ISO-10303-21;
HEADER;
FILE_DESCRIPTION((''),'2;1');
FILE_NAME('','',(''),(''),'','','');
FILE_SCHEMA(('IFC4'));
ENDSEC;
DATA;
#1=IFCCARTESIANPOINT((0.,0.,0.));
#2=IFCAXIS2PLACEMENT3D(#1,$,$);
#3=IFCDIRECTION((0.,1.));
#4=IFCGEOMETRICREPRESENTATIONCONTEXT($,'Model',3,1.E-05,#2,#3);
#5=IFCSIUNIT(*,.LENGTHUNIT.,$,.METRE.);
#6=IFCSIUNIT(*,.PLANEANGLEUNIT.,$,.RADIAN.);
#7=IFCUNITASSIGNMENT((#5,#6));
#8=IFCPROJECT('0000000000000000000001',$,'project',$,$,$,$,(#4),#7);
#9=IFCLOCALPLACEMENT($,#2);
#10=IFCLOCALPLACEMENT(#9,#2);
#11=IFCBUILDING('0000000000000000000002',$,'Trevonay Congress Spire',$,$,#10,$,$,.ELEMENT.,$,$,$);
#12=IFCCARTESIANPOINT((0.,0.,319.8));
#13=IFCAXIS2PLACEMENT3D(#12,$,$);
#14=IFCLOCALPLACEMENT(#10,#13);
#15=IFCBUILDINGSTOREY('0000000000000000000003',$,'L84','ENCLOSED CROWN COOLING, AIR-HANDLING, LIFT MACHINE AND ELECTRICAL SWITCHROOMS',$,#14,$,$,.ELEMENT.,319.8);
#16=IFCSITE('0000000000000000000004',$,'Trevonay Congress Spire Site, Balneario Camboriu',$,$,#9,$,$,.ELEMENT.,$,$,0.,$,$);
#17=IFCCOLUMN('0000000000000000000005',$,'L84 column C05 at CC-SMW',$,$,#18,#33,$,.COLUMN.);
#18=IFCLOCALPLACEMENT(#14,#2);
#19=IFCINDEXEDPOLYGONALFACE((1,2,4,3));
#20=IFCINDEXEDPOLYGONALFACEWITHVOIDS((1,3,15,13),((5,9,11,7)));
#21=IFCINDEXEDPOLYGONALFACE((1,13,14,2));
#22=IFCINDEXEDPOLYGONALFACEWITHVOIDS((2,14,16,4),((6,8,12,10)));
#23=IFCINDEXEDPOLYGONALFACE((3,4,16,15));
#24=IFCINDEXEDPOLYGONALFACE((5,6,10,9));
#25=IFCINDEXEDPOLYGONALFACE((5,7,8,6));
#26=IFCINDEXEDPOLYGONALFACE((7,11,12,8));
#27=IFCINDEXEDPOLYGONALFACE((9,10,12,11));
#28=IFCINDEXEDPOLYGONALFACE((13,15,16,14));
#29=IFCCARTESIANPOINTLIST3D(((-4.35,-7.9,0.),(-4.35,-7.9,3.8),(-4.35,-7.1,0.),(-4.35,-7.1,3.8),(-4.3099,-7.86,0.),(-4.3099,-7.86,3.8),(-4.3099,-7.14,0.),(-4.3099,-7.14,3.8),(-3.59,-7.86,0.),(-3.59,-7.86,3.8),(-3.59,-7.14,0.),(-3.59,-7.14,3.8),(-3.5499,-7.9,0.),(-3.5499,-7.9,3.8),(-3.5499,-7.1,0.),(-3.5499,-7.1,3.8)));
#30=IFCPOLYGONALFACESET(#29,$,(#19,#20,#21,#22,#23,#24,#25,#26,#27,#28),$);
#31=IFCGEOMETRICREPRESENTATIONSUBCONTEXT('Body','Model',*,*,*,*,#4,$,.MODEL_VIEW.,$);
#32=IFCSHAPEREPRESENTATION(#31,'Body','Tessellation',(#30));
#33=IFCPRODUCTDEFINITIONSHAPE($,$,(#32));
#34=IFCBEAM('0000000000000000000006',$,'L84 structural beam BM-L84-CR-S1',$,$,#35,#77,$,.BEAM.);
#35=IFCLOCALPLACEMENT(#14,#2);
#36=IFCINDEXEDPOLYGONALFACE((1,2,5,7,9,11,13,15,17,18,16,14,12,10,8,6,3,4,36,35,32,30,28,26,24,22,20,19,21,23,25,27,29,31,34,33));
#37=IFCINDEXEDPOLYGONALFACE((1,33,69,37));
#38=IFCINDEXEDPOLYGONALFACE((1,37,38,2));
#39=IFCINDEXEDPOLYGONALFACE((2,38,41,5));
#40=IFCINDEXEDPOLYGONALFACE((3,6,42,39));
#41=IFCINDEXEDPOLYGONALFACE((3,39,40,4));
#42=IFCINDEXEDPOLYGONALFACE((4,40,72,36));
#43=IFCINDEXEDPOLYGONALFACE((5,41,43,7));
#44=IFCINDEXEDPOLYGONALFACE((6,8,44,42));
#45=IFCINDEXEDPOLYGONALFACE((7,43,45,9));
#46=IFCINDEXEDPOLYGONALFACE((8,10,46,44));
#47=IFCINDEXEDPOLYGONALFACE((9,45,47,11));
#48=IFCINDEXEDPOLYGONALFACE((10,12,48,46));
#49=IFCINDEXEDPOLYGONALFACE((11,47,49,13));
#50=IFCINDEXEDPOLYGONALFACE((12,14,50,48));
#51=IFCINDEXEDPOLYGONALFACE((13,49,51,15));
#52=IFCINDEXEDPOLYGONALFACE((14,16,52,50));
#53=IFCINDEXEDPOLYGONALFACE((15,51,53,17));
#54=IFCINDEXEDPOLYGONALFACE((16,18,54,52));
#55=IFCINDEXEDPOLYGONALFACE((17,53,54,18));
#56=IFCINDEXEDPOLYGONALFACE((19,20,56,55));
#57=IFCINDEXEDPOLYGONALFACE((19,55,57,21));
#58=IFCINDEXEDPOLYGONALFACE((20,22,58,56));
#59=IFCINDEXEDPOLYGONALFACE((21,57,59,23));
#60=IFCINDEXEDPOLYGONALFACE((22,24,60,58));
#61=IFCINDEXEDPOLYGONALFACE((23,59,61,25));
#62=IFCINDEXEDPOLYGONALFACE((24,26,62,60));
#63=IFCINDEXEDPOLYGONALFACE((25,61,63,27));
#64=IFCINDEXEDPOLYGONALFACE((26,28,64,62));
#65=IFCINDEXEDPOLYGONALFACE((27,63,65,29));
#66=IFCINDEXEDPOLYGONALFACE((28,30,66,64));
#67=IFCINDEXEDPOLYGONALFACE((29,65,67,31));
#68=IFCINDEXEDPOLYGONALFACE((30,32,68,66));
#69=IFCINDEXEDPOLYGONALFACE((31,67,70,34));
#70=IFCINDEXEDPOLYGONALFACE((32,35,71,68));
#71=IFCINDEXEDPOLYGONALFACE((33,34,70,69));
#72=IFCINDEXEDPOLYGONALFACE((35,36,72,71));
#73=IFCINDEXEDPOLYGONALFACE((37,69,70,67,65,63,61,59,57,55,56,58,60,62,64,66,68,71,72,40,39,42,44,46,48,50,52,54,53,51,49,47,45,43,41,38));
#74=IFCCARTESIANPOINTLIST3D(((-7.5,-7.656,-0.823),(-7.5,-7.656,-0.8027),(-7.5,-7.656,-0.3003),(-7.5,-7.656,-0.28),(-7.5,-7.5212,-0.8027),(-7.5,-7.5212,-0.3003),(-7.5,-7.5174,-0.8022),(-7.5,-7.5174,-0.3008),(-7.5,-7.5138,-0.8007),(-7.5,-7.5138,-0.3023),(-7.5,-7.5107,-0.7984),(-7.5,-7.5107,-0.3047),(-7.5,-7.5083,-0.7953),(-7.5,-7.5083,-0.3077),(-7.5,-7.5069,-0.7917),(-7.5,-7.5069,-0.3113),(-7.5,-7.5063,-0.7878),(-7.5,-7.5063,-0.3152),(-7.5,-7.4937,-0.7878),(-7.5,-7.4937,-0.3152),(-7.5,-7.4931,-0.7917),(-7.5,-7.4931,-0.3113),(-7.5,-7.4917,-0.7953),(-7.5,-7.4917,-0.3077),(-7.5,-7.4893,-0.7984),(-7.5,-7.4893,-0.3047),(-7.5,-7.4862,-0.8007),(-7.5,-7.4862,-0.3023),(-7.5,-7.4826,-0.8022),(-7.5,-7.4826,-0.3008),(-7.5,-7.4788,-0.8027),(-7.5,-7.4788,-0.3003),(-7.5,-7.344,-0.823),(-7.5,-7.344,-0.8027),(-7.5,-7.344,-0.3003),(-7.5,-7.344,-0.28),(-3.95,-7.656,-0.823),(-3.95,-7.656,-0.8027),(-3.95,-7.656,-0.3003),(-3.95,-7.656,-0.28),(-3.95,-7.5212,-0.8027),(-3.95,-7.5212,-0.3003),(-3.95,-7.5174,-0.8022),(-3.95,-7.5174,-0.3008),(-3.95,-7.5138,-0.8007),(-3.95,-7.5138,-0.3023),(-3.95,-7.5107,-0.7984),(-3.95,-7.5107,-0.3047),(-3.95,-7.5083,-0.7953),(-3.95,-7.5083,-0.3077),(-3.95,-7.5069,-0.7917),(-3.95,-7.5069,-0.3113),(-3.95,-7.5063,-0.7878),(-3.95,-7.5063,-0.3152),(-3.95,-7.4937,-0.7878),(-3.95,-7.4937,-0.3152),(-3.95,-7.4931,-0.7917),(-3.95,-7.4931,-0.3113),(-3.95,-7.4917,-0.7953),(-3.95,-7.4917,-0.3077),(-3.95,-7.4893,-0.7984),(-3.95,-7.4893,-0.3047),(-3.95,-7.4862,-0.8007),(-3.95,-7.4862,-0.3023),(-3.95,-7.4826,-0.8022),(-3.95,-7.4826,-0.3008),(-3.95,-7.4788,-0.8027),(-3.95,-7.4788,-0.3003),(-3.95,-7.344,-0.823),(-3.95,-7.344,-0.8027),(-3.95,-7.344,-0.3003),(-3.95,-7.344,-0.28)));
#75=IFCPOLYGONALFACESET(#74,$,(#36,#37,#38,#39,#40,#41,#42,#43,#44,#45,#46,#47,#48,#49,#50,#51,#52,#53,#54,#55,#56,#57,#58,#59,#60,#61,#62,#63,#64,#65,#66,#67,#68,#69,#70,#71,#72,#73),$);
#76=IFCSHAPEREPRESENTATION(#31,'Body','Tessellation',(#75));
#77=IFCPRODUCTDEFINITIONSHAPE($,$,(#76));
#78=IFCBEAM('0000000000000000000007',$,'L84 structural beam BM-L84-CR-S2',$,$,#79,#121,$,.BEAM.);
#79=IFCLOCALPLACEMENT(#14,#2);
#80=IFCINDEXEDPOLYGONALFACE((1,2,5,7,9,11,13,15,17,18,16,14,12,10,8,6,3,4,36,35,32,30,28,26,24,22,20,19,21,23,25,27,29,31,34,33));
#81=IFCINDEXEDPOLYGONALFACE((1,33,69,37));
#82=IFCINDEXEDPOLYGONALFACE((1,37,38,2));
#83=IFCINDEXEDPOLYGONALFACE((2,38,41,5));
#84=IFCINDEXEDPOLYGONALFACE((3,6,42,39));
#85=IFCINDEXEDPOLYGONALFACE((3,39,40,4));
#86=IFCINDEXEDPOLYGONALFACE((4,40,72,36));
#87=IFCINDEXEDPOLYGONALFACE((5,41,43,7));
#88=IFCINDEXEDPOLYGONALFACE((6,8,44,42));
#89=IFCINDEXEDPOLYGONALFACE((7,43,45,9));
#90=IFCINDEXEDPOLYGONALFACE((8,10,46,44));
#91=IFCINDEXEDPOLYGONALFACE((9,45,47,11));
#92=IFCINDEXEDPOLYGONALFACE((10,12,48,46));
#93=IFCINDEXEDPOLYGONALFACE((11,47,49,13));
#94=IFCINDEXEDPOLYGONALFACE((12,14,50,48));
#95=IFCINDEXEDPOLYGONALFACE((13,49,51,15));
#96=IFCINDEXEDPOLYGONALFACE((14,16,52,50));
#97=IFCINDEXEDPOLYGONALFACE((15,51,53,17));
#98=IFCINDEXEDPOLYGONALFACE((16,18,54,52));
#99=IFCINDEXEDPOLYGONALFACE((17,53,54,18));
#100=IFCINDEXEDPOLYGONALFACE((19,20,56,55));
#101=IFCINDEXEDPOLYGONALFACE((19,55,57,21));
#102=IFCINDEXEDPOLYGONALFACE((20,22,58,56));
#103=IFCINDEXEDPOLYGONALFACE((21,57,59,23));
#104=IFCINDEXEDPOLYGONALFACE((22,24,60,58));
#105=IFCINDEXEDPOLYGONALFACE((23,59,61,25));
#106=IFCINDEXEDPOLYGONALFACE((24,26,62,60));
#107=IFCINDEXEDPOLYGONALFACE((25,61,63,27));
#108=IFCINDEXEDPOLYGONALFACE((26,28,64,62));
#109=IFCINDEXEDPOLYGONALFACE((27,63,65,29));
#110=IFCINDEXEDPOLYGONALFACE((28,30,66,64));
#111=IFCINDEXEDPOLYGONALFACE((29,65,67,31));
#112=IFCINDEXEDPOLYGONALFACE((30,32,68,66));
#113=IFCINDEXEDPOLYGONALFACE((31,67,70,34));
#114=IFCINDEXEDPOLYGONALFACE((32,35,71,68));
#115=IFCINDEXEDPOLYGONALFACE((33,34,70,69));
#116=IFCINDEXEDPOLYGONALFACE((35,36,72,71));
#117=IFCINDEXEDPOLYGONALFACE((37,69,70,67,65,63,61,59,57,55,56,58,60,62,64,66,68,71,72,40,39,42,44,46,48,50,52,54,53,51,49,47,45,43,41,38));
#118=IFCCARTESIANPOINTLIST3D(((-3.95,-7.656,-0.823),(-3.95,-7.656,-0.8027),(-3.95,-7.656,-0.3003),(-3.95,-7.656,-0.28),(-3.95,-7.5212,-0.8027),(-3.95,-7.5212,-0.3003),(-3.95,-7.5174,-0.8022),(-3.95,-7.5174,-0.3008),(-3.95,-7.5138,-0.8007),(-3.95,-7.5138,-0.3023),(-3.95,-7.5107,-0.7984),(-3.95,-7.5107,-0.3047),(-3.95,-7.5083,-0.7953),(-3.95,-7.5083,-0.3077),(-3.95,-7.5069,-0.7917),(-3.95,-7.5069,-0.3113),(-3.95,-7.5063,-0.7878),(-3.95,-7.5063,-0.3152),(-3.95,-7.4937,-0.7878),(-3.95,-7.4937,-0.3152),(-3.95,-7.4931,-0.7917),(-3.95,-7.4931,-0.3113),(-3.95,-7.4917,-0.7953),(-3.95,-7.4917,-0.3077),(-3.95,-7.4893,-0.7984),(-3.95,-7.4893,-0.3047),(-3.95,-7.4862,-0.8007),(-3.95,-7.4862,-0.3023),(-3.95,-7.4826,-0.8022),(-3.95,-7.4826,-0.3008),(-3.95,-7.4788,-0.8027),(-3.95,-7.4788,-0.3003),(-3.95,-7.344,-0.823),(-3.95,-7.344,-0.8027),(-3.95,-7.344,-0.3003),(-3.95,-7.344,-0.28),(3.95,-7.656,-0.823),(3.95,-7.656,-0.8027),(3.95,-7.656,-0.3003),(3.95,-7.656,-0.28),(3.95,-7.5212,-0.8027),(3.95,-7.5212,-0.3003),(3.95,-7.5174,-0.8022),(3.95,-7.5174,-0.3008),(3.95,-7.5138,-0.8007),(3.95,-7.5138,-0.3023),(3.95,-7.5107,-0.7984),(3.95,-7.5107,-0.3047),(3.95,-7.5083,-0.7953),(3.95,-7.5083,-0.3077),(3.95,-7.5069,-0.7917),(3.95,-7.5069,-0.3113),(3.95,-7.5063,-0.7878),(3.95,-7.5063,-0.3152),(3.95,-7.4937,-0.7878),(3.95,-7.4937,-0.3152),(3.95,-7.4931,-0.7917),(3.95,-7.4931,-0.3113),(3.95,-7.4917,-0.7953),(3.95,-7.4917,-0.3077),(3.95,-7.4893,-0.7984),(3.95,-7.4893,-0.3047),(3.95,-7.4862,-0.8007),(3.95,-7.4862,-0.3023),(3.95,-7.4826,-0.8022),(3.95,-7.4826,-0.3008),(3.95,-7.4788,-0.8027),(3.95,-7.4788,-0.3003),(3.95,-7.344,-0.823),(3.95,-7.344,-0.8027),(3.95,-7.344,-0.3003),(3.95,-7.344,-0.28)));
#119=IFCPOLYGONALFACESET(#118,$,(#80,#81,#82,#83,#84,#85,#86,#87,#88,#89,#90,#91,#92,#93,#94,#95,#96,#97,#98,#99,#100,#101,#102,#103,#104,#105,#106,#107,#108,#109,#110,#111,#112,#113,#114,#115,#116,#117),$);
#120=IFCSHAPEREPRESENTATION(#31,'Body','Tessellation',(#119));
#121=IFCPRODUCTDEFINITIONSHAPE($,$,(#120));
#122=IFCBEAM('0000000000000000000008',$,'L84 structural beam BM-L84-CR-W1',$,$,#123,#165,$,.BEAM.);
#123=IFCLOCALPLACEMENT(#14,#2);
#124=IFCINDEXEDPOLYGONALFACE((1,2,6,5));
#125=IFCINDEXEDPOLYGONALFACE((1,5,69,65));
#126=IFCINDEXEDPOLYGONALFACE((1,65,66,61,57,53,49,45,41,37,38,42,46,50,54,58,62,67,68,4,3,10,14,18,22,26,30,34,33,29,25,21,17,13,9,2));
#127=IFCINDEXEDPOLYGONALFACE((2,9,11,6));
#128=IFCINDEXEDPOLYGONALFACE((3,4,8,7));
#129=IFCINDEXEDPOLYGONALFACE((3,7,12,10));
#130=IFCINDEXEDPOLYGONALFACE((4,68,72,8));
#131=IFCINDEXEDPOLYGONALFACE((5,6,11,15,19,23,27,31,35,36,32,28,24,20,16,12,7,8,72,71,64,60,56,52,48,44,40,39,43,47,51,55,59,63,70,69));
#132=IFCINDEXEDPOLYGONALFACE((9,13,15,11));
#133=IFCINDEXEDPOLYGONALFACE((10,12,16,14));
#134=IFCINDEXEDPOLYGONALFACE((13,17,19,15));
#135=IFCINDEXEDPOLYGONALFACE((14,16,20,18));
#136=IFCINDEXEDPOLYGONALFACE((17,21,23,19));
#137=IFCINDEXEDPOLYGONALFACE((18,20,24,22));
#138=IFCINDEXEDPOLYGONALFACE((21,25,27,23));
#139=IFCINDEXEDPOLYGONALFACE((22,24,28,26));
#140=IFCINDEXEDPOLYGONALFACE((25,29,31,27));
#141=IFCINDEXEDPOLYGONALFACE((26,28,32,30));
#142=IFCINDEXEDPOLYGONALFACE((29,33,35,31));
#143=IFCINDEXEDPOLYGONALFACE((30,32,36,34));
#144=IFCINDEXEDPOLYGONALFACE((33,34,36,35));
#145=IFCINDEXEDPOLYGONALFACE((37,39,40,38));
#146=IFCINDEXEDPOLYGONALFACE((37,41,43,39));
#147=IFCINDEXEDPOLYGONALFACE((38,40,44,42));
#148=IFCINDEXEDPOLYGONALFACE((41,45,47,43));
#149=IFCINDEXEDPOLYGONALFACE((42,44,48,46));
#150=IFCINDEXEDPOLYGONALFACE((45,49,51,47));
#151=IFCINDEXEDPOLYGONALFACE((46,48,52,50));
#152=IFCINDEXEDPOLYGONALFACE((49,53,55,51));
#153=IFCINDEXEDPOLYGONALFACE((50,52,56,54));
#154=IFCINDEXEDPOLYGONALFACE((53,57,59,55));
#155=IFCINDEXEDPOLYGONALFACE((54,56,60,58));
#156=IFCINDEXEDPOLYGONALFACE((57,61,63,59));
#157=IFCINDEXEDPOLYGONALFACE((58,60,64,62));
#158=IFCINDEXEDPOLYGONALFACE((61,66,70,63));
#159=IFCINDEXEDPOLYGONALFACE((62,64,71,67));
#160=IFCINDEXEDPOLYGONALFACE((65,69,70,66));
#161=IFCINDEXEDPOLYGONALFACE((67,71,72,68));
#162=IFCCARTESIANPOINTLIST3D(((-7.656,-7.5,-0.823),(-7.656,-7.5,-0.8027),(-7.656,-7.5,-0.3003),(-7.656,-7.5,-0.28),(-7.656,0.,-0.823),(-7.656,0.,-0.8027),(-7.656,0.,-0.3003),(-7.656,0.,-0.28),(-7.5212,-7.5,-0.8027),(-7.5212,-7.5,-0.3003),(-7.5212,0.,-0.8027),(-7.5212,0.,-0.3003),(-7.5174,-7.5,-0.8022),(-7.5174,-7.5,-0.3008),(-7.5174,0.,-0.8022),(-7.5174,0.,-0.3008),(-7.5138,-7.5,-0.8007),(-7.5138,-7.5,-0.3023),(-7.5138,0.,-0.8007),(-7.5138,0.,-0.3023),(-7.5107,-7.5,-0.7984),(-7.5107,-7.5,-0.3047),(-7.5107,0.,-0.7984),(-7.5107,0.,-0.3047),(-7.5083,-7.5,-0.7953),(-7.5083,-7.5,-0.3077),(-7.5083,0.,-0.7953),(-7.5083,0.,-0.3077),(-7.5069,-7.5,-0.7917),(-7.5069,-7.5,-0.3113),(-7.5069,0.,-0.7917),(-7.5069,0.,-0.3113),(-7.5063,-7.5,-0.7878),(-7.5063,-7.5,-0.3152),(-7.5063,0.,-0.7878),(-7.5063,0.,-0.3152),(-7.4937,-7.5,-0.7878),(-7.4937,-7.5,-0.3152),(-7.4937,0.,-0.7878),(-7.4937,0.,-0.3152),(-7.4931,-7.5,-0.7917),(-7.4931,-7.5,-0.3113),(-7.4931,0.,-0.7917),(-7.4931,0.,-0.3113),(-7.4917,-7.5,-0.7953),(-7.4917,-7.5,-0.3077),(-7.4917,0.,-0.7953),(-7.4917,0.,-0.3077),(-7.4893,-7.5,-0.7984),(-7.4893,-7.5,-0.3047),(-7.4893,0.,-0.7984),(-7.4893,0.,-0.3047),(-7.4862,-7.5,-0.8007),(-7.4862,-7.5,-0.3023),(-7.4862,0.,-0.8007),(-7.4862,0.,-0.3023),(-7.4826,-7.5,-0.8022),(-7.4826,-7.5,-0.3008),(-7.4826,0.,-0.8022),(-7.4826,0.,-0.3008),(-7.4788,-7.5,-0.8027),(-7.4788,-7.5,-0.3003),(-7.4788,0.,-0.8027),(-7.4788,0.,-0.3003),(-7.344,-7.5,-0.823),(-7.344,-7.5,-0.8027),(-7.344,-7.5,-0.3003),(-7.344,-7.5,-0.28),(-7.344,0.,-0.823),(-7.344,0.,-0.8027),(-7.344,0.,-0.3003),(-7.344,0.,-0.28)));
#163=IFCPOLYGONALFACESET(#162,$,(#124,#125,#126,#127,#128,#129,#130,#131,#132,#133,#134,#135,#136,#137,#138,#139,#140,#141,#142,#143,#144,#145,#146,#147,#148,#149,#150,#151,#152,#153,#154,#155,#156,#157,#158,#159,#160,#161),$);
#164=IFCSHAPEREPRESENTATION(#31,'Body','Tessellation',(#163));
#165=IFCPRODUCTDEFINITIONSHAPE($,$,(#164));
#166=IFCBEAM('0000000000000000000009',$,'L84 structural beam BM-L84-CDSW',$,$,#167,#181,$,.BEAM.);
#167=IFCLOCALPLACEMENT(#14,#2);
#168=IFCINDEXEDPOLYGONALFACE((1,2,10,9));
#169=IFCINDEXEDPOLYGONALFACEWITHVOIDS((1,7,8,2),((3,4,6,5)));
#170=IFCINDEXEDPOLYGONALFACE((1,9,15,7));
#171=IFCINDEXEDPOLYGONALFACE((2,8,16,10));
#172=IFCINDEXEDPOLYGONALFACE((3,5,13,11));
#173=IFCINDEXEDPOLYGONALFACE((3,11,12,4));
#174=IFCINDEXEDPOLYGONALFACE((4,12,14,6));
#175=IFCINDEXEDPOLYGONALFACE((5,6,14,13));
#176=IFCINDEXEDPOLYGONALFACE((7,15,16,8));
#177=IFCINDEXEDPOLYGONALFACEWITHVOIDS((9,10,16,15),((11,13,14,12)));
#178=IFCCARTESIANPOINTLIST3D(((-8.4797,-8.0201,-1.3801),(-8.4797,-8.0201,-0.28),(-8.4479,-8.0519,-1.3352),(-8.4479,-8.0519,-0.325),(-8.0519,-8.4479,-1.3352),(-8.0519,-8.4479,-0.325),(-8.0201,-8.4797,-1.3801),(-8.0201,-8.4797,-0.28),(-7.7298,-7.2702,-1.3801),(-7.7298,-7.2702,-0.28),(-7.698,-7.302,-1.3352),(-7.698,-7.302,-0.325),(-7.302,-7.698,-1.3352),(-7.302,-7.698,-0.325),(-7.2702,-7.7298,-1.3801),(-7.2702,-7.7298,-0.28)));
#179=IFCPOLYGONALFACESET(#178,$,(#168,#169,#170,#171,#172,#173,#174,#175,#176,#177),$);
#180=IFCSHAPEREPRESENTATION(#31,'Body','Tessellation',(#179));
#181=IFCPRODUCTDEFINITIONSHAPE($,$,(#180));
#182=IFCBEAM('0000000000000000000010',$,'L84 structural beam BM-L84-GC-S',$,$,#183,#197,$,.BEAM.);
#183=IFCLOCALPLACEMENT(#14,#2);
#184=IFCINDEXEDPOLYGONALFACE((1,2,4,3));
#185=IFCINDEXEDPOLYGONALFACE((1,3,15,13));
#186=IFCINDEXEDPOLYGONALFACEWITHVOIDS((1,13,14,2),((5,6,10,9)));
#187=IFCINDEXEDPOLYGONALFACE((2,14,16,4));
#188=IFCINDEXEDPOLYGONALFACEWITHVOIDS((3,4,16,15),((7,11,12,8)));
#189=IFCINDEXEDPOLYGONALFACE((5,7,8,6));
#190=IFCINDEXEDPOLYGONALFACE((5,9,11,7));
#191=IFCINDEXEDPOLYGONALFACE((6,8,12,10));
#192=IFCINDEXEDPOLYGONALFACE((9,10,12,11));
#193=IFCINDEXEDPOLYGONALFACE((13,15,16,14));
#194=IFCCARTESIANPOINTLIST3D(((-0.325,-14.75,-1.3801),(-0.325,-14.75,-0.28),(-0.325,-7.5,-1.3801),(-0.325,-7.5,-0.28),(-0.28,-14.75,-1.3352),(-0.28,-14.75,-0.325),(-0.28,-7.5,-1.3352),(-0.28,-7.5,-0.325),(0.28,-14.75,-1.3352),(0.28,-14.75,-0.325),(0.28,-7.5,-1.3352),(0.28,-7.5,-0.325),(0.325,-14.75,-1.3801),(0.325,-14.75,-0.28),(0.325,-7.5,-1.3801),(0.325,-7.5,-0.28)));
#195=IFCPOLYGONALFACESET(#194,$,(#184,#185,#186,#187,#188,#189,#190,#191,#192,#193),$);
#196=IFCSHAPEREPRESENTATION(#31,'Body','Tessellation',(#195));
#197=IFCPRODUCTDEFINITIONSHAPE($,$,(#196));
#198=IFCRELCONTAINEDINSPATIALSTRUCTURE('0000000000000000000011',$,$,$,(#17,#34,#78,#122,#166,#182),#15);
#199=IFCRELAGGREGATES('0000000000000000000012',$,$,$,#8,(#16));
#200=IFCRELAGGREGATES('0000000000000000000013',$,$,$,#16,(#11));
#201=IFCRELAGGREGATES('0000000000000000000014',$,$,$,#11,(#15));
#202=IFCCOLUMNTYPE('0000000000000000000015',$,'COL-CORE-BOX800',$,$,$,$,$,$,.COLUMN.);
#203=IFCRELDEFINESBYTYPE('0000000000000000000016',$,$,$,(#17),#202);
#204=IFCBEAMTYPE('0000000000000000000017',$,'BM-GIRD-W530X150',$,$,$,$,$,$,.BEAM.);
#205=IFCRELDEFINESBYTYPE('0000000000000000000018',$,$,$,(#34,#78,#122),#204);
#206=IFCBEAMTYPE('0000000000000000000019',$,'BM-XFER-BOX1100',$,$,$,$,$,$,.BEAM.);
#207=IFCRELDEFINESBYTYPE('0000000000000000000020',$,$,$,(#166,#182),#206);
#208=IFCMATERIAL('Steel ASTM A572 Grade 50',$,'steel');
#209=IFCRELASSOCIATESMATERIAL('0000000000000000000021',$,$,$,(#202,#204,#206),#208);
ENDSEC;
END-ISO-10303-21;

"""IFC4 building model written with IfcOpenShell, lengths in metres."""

from ifc_helpers import new_model, si_unit, direction, frame, origin, origin_2d, place, context, subcontext, project, spatial, hollow_rectangle, i_section, extrude, material, material_profile, profile_set, type_object, element, save


model = new_model("IFC4")

# Units and contexts
model_context = context("Model", 3, precision=1e-05, world=origin(), true_north=direction((0.0, 1.0)))
body_context = subcontext(model_context, "Body", "Model", "MODEL_VIEW")
ifc_project = project(units=[si_unit("LENGTHUNIT", "METRE"), si_unit("PLANEANGLEUNIT", "RADIAN")], contexts=[model_context])

# Site, building, storey
site_placement = place(None, origin())
site = spatial("IfcSite", under=ifc_project, at=site_placement, Name="Trevonay Congress Spire Site, Balneario Camboriu", CompositionType="ELEMENT", RefElevation=0.0)
building_placement = place(site_placement, origin())
building = spatial("IfcBuilding", under=site, at=building_placement, Name="Trevonay Congress Spire", CompositionType="ELEMENT")
storey_placement = place(building_placement, frame((0.0, 0.0, 319.8)))
storey = spatial("IfcBuildingStorey", under=building, at=storey_placement, Name="L84", Description="ENCLOSED CROWN COOLING, AIR-HANDLING, LIFT MACHINE AND ELECTRICAL SWITCHROOMS", CompositionType="ELEMENT", Elevation=319.8)

# Column
ifc_material_1 = material(Name="Steel ASTM A572 Grade 50", Category="steel")
ifc_material_profile_1 = material_profile(ifc_material_1, hollow_rectangle(XDim=0.8, YDim=0.8, WallThickness=0.04, at=origin_2d()), Name="BOX 800x800x40")
ifc_profile_set_1 = profile_set([ifc_material_profile_1], Name="Steel ASTM A572 Grade 50")
column_type = type_object("IfcColumnType", Name="COL-CORE-BOX800", PredefinedType="COLUMN", material=ifc_profile_set_1)
column_placement = place(storey_placement, frame((-3.95, -7.5, 0.0), z_axis=(0.0, 0.0, 1.0), x_axis=(1.0, 0.0, 0.0)))
element("IfcColumn", 1, at=column_placement, inside=storey, type_object=column_type, Name="L84 column C05 at CC-SMW", PredefinedType="COLUMN", context=body_context, shape_type="SweptSolid", body=[
    extrude(hollow_rectangle(XDim=0.8, YDim=0.8, WallThickness=0.04, at=origin_2d()), origin(), (0.0, 0.0, 1.0), 3.8),
])

# Beams
ifc_material_profile_2 = material_profile(ifc_material_1, i_section(OverallWidth=0.312, OverallDepth=0.543, WebThickness=0.0127, FlangeThickness=0.0203, FilletRadius=0.0149, at=origin_2d()), Name="W530x150")
ifc_profile_set_2 = profile_set([ifc_material_profile_2], Name="Steel ASTM A572 Grade 50")
beam_type_1 = type_object("IfcBeamType", Name="BM-GIRD-W530X150", PredefinedType="BEAM", material=ifc_profile_set_2)
beam_1_placement = place(storey_placement, frame((-7.5, -7.5, -0.5515), z_axis=(1.0, 0.0, 0.0), x_axis=(0.0, 1.0, 0.0)))
element("IfcBeam", 2, at=beam_1_placement, inside=storey, type_object=beam_type_1, Name="L84 structural beam BM-L84-CR-S1", PredefinedType="BEAM", context=body_context, shape_type="SweptSolid", body=[
    extrude(i_section(OverallWidth=0.312, OverallDepth=0.543, WebThickness=0.0127, FlangeThickness=0.0203, FilletRadius=0.0149, at=origin_2d()), origin(), (0.0, 0.0, 1.0), 3.55),
])
beam_2_placement = place(storey_placement, frame((-3.95, -7.5, -0.5515), z_axis=(1.0, 0.0, 0.0), x_axis=(0.0, 1.0, 0.0)))
element("IfcBeam", 3, at=beam_2_placement, inside=storey, type_object=beam_type_1, Name="L84 structural beam BM-L84-CR-S2", PredefinedType="BEAM", context=body_context, shape_type="SweptSolid", body=[
    extrude(i_section(OverallWidth=0.312, OverallDepth=0.543, WebThickness=0.0127, FlangeThickness=0.0203, FilletRadius=0.0149, at=origin_2d()), origin(), (0.0, 0.0, 1.0), 7.8999),
])
beam_3_placement = place(storey_placement, frame((-7.5, -7.5, -0.5515), z_axis=(0.0, 1.0, 0.0), x_axis=(-1.0, 0.0, 0.0)))
element("IfcBeam", 4, at=beam_3_placement, inside=storey, type_object=beam_type_1, Name="L84 structural beam BM-L84-CR-W1", PredefinedType="BEAM", context=body_context, shape_type="SweptSolid", body=[
    extrude(i_section(OverallWidth=0.312, OverallDepth=0.543, WebThickness=0.0127, FlangeThickness=0.0203, FilletRadius=0.0149, at=origin_2d()), origin(), (0.0, 0.0, 1.0), 7.5),
])
ifc_material_profile_3 = material_profile(ifc_material_1, hollow_rectangle(XDim=0.6499, YDim=1.1001, WallThickness=0.0449, at=origin_2d()), Name="BOX 1100x650x45")
ifc_profile_set_3 = profile_set([ifc_material_profile_3], Name="Steel ASTM A572 Grade 50")
beam_type_2 = type_object("IfcBeamType", Name="BM-XFER-BOX1100", PredefinedType="BEAM", material=ifc_profile_set_3)
beam_4_placement = place(storey_placement, frame((-7.5, -7.5, -0.8301), z_axis=(-0.707107, -0.707107, 0.0), x_axis=(0.707107, -0.707107, 0.0)))
element("IfcBeam", 5, at=beam_4_placement, inside=storey, type_object=beam_type_2, Name="L84 structural beam BM-L84-CDSW", PredefinedType="BEAM", context=body_context, shape_type="SweptSolid", body=[
    extrude(hollow_rectangle(XDim=0.6499, YDim=1.1001, WallThickness=0.0449, at=origin_2d()), origin(), (0.0, 0.0, 1.0), 1.0605),
])
beam_5_placement = place(storey_placement, frame((0.0, -7.5, -0.8301), z_axis=(0.0, -1.0, 0.0), x_axis=(1.0, 0.0, 0.0)))
element("IfcBeam", 6, at=beam_5_placement, inside=storey, type_object=beam_type_2, Name="L84 structural beam BM-L84-GC-S", PredefinedType="BEAM", context=body_context, shape_type="SweptSolid", body=[
    extrude(hollow_rectangle(XDim=0.6499, YDim=1.1001, WallThickness=0.0449, at=origin_2d()), origin(), (0.0, 0.0, 1.0), 7.25),
])

save(model, "model.ifc")
